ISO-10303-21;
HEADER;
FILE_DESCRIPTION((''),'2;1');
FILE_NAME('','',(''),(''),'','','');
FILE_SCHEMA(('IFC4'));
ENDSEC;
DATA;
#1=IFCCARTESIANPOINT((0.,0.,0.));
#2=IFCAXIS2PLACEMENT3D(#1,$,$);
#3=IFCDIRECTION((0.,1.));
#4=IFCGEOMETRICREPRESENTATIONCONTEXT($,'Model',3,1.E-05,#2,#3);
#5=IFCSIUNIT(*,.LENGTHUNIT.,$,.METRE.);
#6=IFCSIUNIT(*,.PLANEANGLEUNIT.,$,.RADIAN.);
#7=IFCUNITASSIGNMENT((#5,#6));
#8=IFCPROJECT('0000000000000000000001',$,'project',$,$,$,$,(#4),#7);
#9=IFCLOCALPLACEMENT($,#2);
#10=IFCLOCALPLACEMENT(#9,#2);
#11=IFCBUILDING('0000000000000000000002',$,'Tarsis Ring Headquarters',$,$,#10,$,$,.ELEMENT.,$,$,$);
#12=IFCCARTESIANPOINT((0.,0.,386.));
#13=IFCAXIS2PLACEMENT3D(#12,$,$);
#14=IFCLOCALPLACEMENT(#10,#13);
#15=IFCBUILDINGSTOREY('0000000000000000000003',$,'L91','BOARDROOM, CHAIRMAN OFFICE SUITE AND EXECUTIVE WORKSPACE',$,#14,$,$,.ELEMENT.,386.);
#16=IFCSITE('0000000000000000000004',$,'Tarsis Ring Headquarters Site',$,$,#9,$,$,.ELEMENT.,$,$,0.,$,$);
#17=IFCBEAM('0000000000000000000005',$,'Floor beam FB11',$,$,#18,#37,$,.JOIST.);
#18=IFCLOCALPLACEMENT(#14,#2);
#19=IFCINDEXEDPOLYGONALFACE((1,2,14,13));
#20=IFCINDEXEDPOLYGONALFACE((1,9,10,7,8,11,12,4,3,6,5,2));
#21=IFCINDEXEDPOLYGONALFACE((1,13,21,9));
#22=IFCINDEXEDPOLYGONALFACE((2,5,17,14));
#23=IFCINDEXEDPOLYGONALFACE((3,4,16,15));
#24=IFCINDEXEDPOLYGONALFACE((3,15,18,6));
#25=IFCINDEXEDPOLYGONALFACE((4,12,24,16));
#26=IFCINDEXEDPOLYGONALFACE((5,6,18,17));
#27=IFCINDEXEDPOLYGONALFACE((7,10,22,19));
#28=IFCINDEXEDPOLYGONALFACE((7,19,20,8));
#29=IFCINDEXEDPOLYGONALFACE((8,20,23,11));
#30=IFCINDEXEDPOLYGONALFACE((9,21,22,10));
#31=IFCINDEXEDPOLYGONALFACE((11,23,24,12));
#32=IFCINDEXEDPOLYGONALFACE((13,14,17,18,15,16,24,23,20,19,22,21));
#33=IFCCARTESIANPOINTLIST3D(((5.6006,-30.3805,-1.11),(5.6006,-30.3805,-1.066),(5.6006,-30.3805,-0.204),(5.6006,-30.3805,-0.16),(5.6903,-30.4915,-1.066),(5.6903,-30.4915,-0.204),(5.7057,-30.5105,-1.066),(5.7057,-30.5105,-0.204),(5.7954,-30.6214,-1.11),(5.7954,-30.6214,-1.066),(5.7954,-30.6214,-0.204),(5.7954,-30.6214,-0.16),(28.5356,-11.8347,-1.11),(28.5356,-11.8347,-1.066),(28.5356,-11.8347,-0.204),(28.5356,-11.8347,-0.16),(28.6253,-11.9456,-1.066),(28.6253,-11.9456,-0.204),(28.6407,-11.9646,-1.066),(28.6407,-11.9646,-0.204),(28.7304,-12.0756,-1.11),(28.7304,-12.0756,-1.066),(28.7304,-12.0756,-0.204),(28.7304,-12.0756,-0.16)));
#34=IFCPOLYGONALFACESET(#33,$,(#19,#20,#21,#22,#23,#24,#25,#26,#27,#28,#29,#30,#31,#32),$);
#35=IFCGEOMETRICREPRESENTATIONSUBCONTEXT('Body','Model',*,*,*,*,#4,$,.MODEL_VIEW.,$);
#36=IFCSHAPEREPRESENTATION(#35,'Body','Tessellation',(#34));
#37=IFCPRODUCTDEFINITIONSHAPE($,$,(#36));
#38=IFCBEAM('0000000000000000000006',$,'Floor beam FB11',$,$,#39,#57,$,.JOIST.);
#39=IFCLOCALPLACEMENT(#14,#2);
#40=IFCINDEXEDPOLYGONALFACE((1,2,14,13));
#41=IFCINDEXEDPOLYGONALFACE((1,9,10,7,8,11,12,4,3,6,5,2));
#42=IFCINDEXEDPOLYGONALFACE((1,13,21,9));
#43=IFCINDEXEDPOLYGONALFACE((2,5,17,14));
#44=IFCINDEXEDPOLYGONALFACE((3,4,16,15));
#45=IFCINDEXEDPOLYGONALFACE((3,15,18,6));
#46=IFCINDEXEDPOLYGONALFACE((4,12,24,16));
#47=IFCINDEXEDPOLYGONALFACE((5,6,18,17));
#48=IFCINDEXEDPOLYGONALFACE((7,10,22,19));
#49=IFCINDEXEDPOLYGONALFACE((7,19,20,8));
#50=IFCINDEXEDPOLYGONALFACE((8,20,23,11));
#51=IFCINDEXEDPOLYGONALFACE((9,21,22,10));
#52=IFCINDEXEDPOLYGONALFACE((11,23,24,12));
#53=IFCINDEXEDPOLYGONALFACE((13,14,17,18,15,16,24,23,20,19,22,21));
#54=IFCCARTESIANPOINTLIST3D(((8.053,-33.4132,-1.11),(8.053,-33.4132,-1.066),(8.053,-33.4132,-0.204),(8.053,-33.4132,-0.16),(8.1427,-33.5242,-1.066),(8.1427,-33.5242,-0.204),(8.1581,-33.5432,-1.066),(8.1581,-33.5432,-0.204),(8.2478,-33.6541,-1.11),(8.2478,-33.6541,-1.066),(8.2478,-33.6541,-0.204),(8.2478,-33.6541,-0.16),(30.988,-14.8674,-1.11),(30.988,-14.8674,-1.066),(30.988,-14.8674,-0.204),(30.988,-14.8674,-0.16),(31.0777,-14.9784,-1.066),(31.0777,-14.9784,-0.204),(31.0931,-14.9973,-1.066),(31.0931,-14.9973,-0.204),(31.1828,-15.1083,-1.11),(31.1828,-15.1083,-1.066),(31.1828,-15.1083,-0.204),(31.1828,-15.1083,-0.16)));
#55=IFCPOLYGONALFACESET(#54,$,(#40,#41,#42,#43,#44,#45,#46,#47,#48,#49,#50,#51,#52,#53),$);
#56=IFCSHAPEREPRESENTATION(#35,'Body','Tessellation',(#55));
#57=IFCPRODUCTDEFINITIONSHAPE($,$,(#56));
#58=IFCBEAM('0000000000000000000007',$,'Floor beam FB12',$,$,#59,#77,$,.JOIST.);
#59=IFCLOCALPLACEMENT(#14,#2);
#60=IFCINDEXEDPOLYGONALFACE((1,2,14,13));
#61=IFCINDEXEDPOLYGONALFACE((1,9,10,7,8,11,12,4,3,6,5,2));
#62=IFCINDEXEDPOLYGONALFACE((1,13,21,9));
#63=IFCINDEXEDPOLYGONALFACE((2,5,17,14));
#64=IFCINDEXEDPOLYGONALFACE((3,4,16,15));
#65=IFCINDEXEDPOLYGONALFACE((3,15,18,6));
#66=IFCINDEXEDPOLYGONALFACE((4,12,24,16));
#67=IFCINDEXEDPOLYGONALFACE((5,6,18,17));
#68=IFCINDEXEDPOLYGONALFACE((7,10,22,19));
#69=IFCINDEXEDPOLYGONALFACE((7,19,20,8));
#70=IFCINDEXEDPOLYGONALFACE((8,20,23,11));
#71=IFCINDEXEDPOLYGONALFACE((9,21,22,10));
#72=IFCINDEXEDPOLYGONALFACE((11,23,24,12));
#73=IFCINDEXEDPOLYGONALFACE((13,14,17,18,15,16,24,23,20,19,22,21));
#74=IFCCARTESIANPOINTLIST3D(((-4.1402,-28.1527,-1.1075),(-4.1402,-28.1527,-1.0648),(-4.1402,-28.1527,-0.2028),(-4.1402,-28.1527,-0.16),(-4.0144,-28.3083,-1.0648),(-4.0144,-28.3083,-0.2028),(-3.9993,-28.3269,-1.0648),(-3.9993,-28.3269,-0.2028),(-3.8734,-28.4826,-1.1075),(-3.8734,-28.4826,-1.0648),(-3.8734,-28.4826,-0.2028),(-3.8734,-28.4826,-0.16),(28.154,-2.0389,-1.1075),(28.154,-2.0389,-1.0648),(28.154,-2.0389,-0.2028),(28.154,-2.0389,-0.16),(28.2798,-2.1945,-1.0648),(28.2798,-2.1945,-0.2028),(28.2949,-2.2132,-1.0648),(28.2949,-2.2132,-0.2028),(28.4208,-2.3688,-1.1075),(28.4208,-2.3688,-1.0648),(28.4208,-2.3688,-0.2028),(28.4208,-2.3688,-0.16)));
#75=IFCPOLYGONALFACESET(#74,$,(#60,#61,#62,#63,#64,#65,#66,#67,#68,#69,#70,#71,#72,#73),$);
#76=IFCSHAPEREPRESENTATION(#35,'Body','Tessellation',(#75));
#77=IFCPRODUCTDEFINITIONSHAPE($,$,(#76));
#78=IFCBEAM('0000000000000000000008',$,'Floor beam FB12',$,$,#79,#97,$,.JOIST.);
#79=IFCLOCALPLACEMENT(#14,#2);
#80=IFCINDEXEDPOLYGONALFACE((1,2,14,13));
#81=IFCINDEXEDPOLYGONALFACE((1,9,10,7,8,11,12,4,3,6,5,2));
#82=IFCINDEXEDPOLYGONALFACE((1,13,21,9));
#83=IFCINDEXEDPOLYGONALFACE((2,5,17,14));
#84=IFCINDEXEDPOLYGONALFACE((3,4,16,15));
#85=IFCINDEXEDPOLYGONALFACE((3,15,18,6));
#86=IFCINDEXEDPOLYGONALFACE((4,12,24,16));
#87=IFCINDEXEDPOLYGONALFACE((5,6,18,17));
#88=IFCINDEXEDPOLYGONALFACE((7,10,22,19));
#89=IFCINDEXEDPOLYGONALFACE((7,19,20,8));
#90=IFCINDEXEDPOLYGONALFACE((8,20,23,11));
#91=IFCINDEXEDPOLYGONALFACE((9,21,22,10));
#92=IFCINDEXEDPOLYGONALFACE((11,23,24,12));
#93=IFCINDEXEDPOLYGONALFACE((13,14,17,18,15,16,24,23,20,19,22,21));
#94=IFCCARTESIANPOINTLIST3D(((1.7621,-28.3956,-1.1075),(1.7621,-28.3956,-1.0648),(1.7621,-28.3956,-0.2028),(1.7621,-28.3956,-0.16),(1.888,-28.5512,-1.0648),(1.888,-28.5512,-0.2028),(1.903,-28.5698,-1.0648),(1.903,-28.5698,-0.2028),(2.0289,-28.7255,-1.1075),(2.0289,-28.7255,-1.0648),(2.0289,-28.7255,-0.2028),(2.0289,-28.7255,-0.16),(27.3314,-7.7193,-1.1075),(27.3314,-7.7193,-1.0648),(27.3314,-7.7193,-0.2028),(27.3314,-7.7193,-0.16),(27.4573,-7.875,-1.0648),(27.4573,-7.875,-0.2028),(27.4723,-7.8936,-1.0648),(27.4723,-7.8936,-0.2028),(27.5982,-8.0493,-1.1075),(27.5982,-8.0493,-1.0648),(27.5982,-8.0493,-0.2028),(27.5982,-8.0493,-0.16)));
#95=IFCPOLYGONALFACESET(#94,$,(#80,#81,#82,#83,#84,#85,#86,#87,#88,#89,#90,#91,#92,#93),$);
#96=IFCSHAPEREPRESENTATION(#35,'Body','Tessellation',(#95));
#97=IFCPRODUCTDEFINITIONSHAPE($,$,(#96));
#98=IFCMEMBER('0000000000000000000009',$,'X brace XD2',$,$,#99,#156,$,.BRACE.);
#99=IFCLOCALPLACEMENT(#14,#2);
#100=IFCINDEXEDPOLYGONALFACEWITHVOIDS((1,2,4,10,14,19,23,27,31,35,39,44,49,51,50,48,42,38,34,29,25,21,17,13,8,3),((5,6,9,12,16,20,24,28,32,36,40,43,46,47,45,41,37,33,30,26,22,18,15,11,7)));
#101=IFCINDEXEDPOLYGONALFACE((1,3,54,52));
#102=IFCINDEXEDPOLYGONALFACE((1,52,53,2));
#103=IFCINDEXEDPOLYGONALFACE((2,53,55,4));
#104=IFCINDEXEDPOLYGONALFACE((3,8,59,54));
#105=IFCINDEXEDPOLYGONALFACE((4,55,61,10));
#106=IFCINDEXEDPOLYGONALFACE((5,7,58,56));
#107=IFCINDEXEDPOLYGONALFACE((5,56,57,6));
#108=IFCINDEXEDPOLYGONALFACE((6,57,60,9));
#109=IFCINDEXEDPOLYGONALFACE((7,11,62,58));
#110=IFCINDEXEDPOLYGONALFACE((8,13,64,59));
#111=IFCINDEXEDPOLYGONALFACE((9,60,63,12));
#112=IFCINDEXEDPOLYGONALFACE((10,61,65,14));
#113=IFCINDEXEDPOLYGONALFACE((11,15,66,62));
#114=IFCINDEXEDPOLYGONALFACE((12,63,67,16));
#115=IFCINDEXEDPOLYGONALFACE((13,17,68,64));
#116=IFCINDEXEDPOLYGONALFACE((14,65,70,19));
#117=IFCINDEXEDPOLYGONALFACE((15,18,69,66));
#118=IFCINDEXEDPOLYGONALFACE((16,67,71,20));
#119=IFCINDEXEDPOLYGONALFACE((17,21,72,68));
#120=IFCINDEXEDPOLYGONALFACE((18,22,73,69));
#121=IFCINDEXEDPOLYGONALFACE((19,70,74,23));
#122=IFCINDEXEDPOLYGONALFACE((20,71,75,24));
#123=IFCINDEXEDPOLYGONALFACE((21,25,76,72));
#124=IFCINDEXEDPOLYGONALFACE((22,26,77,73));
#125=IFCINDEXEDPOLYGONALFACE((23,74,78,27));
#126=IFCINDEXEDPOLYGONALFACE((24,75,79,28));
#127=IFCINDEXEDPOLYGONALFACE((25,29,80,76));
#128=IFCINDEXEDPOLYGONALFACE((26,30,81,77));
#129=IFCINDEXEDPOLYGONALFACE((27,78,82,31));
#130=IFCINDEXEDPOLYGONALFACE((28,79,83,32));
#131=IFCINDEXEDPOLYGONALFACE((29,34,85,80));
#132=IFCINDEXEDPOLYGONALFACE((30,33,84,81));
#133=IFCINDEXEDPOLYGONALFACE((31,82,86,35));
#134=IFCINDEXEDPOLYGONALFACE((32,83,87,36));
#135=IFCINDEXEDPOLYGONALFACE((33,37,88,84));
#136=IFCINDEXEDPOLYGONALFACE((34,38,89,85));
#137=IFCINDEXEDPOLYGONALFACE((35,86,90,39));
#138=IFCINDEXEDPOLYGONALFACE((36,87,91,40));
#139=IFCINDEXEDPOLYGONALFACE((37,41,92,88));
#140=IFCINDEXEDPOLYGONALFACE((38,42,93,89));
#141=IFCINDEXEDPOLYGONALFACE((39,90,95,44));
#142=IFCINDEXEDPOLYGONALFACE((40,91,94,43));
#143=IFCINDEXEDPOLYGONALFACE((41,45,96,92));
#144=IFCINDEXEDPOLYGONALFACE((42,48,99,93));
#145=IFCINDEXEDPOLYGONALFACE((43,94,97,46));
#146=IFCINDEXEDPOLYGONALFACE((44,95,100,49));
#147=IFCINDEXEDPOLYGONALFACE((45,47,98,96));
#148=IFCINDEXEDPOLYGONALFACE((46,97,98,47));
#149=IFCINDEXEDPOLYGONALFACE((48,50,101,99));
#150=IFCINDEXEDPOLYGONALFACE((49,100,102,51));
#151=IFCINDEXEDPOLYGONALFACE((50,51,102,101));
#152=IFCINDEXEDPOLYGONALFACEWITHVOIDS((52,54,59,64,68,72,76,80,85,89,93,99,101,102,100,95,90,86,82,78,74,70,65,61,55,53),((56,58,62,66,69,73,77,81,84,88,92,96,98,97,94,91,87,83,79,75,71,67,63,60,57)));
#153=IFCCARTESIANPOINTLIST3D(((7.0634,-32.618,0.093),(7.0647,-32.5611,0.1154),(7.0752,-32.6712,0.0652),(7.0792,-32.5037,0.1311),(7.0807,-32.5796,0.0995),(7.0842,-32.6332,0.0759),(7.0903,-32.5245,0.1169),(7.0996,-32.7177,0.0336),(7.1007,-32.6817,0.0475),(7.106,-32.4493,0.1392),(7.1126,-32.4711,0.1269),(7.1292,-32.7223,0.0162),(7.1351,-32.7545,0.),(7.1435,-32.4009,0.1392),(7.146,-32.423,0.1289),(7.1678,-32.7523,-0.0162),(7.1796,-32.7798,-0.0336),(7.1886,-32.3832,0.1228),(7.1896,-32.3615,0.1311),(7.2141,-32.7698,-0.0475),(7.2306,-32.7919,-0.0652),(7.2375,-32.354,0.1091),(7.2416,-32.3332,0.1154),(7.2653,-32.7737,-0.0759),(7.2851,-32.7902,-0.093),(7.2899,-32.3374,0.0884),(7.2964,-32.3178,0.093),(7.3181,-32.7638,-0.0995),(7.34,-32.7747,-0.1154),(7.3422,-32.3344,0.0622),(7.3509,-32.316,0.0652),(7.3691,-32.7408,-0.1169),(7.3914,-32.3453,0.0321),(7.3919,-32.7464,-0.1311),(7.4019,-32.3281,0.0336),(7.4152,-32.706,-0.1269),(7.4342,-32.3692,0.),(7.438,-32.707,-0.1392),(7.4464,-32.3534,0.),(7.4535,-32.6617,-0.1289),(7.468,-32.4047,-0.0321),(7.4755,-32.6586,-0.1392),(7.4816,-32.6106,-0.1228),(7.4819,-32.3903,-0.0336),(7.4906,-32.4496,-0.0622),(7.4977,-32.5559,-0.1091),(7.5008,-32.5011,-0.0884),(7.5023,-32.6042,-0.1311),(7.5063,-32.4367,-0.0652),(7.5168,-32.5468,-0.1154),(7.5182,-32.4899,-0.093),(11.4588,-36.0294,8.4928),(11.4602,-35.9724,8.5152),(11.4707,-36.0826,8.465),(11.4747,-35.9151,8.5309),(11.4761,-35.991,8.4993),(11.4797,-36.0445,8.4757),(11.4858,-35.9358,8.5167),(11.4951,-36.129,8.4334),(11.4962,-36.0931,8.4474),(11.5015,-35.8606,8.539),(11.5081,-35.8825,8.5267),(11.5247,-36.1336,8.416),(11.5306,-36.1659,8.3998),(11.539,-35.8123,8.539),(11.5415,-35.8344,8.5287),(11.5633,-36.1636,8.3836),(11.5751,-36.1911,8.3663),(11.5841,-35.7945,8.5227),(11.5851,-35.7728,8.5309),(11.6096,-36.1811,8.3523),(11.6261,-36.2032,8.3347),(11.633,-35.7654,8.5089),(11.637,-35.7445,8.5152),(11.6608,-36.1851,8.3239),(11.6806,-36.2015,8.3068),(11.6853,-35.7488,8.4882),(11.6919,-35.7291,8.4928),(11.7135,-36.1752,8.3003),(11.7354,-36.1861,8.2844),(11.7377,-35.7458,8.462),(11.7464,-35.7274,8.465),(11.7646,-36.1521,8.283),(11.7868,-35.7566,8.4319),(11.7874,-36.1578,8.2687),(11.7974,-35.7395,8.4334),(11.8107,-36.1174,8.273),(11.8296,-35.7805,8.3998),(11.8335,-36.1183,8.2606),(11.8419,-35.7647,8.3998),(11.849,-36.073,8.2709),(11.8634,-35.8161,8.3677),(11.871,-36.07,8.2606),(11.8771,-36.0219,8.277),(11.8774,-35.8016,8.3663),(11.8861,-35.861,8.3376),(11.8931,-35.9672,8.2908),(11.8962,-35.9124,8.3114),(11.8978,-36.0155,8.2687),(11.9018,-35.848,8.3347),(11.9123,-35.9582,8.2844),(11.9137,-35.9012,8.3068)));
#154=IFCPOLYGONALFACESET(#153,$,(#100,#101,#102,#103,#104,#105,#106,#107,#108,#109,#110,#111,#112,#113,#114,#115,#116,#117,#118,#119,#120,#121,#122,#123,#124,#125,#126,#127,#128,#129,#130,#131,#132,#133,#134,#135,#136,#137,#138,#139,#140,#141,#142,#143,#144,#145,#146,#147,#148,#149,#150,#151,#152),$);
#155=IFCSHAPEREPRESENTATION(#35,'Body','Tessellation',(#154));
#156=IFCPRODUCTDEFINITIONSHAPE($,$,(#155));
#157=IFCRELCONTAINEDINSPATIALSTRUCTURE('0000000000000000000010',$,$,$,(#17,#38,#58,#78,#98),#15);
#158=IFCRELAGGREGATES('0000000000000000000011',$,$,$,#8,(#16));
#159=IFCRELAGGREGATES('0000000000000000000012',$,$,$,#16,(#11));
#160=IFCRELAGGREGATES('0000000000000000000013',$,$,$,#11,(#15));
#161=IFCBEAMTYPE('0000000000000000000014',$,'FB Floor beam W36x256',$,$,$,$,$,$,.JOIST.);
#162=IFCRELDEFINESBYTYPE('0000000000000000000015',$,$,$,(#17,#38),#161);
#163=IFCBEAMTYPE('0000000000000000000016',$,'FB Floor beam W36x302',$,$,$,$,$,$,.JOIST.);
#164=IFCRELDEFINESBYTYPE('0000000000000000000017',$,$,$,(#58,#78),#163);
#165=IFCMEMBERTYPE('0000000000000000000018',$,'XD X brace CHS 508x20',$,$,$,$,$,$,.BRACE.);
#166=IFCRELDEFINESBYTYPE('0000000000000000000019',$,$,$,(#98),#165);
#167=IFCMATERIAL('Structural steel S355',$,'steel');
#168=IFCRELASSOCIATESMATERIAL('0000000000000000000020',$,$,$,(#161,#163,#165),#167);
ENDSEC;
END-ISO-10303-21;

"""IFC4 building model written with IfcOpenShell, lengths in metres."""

from ifc_helpers import new_model, si_unit, direction, frame, origin, origin_2d, place, context, subcontext, project, spatial, hollow_circle, i_section, extrude, material, material_profile, profile_set, type_object, element, save


model = new_model("IFC4")

# Units and contexts
model_context = context("Model", 3, precision=1e-05, world=origin(), true_north=direction((0.0, 1.0)))
body_context = subcontext(model_context, "Body", "Model", "MODEL_VIEW")
ifc_project = project(units=[si_unit("LENGTHUNIT", "METRE"), si_unit("PLANEANGLEUNIT", "RADIAN")], contexts=[model_context])

# Site, building, storey
site_placement = place(None, origin())
site = spatial("IfcSite", under=ifc_project, at=site_placement, Name="Tarsis Ring Headquarters Site", CompositionType="ELEMENT", RefElevation=0.0)
building_placement = place(site_placement, origin())
building = spatial("IfcBuilding", under=site, at=building_placement, Name="Tarsis Ring Headquarters", CompositionType="ELEMENT")
storey_placement = place(building_placement, frame((0.0, 0.0, 386.0)))
storey = spatial("IfcBuildingStorey", under=building, at=storey_placement, Name="L91", Description="BOARDROOM, CHAIRMAN OFFICE SUITE AND EXECUTIVE WORKSPACE", CompositionType="ELEMENT", Elevation=386.0)

# Shared definitions
ifc_material_1 = material(Name="Structural steel S355", Category="steel")

# Beams
ifc_material_profile_1 = material_profile(ifc_material_1, i_section(OverallWidth=0.3098, OverallDepth=0.95, WebThickness=0.0244, FlangeThickness=0.0439, at=origin_2d()), Name="W36x256")
ifc_profile_set_1 = profile_set([ifc_material_profile_1], Name="Structural steel S355")
beam_type_1 = type_object("IfcBeamType", Name="FB Floor beam W36x256", PredefinedType="JOIST", material=ifc_profile_set_1)
for number, where, z_axis, x_axis, name in (
    (1, (5.698, -30.501, -0.635), (0.777586, 0.628777, 0.0), (-0.628777, 0.777586, 0.0), "Floor beam FB11"),
    (2, (8.1504, -33.5337, -0.635), (0.777586, 0.628777, 0.0), (-0.628777, 0.777586, 0.0), "Floor beam FB11"),
):
    element("IfcBeam", number, at=place(storey_placement, frame(where, z_axis=z_axis, x_axis=x_axis)), inside=storey, type_object=beam_type_1, Name=name, PredefinedType="JOIST", context=body_context, shape_type="SweptSolid", body=[
        extrude(i_section(OverallWidth=0.3098, OverallDepth=0.95, WebThickness=0.0244, FlangeThickness=0.0439, at=origin_2d()), origin(), (0.0, 0.0, 1.0), 29.4951),
    ])
ifc_material_profile_2 = material_profile(ifc_material_1, i_section(OverallWidth=0.4243, OverallDepth=0.9475, WebThickness=0.0239, FlangeThickness=0.0427, at=origin_2d()), Name="W36x302")
ifc_profile_set_2 = profile_set([ifc_material_profile_2], Name="Structural steel S355")
beam_type_2 = type_object("IfcBeamType", Name="FB Floor beam W36x302", PredefinedType="JOIST", material=ifc_profile_set_2)
beam_1_placement = place(storey_placement, frame((-4.0068, -28.3176, -0.6338), z_axis=(0.777588, 0.628774, 0.0), x_axis=(-0.628774, 0.777588, 0.0)))
element("IfcBeam", 3, at=beam_1_placement, inside=storey, type_object=beam_type_2, Name="Floor beam FB12", PredefinedType="JOIST", context=body_context, shape_type="SweptSolid", body=[
    extrude(i_section(OverallWidth=0.4243, OverallDepth=0.9475, WebThickness=0.0239, FlangeThickness=0.0427, at=origin_2d()), origin(), (0.0, 0.0, 1.0), 41.5312),
])
beam_2_placement = place(storey_placement, frame((1.8955, -28.5605, -0.6338), z_axis=(0.777583, 0.628781, 0.0), x_axis=(-0.628781, 0.777583, 0.0)))
element("IfcBeam", 4, at=beam_2_placement, inside=storey, type_object=beam_type_2, Name="Floor beam FB12", PredefinedType="JOIST", context=body_context, shape_type="SweptSolid", body=[
    extrude(i_section(OverallWidth=0.4243, OverallDepth=0.9475, WebThickness=0.0239, FlangeThickness=0.0427, at=origin_2d()), origin(), (0.0, 0.0, 1.0), 32.8831),
])

# Member
ifc_material_profile_3 = material_profile(ifc_material_1, hollow_circle(Radius=0.2539, WallThickness=0.02, at=origin_2d()), Name="CHS 508x20")
ifc_profile_set_3 = profile_set([ifc_material_profile_3], Name="Structural steel S355")
member_type_1 = type_object("IfcMemberType", Name="XD X brace CHS 508x20", PredefinedType="BRACE", material=ifc_profile_set_3)
member_1_placement = place(storey_placement, frame((7.2908, -32.554, 0.0), z_axis=(0.436256, -0.33858, 0.833693), x_axis=(0.613117, 0.789992, 0.0)))
element("IfcMember", 5, at=member_1_placement, inside=storey, type_object=member_type_1, Name="X brace XD2", PredefinedType="BRACE", context=body_context, shape_type="SweptSolid", body=[
    extrude(hollow_circle(Radius=0.2539, WallThickness=0.02, at=origin_2d()), origin(), (0.0, 0.0, 1.0), 10.0754),
])

save(model, "model.ifc")
